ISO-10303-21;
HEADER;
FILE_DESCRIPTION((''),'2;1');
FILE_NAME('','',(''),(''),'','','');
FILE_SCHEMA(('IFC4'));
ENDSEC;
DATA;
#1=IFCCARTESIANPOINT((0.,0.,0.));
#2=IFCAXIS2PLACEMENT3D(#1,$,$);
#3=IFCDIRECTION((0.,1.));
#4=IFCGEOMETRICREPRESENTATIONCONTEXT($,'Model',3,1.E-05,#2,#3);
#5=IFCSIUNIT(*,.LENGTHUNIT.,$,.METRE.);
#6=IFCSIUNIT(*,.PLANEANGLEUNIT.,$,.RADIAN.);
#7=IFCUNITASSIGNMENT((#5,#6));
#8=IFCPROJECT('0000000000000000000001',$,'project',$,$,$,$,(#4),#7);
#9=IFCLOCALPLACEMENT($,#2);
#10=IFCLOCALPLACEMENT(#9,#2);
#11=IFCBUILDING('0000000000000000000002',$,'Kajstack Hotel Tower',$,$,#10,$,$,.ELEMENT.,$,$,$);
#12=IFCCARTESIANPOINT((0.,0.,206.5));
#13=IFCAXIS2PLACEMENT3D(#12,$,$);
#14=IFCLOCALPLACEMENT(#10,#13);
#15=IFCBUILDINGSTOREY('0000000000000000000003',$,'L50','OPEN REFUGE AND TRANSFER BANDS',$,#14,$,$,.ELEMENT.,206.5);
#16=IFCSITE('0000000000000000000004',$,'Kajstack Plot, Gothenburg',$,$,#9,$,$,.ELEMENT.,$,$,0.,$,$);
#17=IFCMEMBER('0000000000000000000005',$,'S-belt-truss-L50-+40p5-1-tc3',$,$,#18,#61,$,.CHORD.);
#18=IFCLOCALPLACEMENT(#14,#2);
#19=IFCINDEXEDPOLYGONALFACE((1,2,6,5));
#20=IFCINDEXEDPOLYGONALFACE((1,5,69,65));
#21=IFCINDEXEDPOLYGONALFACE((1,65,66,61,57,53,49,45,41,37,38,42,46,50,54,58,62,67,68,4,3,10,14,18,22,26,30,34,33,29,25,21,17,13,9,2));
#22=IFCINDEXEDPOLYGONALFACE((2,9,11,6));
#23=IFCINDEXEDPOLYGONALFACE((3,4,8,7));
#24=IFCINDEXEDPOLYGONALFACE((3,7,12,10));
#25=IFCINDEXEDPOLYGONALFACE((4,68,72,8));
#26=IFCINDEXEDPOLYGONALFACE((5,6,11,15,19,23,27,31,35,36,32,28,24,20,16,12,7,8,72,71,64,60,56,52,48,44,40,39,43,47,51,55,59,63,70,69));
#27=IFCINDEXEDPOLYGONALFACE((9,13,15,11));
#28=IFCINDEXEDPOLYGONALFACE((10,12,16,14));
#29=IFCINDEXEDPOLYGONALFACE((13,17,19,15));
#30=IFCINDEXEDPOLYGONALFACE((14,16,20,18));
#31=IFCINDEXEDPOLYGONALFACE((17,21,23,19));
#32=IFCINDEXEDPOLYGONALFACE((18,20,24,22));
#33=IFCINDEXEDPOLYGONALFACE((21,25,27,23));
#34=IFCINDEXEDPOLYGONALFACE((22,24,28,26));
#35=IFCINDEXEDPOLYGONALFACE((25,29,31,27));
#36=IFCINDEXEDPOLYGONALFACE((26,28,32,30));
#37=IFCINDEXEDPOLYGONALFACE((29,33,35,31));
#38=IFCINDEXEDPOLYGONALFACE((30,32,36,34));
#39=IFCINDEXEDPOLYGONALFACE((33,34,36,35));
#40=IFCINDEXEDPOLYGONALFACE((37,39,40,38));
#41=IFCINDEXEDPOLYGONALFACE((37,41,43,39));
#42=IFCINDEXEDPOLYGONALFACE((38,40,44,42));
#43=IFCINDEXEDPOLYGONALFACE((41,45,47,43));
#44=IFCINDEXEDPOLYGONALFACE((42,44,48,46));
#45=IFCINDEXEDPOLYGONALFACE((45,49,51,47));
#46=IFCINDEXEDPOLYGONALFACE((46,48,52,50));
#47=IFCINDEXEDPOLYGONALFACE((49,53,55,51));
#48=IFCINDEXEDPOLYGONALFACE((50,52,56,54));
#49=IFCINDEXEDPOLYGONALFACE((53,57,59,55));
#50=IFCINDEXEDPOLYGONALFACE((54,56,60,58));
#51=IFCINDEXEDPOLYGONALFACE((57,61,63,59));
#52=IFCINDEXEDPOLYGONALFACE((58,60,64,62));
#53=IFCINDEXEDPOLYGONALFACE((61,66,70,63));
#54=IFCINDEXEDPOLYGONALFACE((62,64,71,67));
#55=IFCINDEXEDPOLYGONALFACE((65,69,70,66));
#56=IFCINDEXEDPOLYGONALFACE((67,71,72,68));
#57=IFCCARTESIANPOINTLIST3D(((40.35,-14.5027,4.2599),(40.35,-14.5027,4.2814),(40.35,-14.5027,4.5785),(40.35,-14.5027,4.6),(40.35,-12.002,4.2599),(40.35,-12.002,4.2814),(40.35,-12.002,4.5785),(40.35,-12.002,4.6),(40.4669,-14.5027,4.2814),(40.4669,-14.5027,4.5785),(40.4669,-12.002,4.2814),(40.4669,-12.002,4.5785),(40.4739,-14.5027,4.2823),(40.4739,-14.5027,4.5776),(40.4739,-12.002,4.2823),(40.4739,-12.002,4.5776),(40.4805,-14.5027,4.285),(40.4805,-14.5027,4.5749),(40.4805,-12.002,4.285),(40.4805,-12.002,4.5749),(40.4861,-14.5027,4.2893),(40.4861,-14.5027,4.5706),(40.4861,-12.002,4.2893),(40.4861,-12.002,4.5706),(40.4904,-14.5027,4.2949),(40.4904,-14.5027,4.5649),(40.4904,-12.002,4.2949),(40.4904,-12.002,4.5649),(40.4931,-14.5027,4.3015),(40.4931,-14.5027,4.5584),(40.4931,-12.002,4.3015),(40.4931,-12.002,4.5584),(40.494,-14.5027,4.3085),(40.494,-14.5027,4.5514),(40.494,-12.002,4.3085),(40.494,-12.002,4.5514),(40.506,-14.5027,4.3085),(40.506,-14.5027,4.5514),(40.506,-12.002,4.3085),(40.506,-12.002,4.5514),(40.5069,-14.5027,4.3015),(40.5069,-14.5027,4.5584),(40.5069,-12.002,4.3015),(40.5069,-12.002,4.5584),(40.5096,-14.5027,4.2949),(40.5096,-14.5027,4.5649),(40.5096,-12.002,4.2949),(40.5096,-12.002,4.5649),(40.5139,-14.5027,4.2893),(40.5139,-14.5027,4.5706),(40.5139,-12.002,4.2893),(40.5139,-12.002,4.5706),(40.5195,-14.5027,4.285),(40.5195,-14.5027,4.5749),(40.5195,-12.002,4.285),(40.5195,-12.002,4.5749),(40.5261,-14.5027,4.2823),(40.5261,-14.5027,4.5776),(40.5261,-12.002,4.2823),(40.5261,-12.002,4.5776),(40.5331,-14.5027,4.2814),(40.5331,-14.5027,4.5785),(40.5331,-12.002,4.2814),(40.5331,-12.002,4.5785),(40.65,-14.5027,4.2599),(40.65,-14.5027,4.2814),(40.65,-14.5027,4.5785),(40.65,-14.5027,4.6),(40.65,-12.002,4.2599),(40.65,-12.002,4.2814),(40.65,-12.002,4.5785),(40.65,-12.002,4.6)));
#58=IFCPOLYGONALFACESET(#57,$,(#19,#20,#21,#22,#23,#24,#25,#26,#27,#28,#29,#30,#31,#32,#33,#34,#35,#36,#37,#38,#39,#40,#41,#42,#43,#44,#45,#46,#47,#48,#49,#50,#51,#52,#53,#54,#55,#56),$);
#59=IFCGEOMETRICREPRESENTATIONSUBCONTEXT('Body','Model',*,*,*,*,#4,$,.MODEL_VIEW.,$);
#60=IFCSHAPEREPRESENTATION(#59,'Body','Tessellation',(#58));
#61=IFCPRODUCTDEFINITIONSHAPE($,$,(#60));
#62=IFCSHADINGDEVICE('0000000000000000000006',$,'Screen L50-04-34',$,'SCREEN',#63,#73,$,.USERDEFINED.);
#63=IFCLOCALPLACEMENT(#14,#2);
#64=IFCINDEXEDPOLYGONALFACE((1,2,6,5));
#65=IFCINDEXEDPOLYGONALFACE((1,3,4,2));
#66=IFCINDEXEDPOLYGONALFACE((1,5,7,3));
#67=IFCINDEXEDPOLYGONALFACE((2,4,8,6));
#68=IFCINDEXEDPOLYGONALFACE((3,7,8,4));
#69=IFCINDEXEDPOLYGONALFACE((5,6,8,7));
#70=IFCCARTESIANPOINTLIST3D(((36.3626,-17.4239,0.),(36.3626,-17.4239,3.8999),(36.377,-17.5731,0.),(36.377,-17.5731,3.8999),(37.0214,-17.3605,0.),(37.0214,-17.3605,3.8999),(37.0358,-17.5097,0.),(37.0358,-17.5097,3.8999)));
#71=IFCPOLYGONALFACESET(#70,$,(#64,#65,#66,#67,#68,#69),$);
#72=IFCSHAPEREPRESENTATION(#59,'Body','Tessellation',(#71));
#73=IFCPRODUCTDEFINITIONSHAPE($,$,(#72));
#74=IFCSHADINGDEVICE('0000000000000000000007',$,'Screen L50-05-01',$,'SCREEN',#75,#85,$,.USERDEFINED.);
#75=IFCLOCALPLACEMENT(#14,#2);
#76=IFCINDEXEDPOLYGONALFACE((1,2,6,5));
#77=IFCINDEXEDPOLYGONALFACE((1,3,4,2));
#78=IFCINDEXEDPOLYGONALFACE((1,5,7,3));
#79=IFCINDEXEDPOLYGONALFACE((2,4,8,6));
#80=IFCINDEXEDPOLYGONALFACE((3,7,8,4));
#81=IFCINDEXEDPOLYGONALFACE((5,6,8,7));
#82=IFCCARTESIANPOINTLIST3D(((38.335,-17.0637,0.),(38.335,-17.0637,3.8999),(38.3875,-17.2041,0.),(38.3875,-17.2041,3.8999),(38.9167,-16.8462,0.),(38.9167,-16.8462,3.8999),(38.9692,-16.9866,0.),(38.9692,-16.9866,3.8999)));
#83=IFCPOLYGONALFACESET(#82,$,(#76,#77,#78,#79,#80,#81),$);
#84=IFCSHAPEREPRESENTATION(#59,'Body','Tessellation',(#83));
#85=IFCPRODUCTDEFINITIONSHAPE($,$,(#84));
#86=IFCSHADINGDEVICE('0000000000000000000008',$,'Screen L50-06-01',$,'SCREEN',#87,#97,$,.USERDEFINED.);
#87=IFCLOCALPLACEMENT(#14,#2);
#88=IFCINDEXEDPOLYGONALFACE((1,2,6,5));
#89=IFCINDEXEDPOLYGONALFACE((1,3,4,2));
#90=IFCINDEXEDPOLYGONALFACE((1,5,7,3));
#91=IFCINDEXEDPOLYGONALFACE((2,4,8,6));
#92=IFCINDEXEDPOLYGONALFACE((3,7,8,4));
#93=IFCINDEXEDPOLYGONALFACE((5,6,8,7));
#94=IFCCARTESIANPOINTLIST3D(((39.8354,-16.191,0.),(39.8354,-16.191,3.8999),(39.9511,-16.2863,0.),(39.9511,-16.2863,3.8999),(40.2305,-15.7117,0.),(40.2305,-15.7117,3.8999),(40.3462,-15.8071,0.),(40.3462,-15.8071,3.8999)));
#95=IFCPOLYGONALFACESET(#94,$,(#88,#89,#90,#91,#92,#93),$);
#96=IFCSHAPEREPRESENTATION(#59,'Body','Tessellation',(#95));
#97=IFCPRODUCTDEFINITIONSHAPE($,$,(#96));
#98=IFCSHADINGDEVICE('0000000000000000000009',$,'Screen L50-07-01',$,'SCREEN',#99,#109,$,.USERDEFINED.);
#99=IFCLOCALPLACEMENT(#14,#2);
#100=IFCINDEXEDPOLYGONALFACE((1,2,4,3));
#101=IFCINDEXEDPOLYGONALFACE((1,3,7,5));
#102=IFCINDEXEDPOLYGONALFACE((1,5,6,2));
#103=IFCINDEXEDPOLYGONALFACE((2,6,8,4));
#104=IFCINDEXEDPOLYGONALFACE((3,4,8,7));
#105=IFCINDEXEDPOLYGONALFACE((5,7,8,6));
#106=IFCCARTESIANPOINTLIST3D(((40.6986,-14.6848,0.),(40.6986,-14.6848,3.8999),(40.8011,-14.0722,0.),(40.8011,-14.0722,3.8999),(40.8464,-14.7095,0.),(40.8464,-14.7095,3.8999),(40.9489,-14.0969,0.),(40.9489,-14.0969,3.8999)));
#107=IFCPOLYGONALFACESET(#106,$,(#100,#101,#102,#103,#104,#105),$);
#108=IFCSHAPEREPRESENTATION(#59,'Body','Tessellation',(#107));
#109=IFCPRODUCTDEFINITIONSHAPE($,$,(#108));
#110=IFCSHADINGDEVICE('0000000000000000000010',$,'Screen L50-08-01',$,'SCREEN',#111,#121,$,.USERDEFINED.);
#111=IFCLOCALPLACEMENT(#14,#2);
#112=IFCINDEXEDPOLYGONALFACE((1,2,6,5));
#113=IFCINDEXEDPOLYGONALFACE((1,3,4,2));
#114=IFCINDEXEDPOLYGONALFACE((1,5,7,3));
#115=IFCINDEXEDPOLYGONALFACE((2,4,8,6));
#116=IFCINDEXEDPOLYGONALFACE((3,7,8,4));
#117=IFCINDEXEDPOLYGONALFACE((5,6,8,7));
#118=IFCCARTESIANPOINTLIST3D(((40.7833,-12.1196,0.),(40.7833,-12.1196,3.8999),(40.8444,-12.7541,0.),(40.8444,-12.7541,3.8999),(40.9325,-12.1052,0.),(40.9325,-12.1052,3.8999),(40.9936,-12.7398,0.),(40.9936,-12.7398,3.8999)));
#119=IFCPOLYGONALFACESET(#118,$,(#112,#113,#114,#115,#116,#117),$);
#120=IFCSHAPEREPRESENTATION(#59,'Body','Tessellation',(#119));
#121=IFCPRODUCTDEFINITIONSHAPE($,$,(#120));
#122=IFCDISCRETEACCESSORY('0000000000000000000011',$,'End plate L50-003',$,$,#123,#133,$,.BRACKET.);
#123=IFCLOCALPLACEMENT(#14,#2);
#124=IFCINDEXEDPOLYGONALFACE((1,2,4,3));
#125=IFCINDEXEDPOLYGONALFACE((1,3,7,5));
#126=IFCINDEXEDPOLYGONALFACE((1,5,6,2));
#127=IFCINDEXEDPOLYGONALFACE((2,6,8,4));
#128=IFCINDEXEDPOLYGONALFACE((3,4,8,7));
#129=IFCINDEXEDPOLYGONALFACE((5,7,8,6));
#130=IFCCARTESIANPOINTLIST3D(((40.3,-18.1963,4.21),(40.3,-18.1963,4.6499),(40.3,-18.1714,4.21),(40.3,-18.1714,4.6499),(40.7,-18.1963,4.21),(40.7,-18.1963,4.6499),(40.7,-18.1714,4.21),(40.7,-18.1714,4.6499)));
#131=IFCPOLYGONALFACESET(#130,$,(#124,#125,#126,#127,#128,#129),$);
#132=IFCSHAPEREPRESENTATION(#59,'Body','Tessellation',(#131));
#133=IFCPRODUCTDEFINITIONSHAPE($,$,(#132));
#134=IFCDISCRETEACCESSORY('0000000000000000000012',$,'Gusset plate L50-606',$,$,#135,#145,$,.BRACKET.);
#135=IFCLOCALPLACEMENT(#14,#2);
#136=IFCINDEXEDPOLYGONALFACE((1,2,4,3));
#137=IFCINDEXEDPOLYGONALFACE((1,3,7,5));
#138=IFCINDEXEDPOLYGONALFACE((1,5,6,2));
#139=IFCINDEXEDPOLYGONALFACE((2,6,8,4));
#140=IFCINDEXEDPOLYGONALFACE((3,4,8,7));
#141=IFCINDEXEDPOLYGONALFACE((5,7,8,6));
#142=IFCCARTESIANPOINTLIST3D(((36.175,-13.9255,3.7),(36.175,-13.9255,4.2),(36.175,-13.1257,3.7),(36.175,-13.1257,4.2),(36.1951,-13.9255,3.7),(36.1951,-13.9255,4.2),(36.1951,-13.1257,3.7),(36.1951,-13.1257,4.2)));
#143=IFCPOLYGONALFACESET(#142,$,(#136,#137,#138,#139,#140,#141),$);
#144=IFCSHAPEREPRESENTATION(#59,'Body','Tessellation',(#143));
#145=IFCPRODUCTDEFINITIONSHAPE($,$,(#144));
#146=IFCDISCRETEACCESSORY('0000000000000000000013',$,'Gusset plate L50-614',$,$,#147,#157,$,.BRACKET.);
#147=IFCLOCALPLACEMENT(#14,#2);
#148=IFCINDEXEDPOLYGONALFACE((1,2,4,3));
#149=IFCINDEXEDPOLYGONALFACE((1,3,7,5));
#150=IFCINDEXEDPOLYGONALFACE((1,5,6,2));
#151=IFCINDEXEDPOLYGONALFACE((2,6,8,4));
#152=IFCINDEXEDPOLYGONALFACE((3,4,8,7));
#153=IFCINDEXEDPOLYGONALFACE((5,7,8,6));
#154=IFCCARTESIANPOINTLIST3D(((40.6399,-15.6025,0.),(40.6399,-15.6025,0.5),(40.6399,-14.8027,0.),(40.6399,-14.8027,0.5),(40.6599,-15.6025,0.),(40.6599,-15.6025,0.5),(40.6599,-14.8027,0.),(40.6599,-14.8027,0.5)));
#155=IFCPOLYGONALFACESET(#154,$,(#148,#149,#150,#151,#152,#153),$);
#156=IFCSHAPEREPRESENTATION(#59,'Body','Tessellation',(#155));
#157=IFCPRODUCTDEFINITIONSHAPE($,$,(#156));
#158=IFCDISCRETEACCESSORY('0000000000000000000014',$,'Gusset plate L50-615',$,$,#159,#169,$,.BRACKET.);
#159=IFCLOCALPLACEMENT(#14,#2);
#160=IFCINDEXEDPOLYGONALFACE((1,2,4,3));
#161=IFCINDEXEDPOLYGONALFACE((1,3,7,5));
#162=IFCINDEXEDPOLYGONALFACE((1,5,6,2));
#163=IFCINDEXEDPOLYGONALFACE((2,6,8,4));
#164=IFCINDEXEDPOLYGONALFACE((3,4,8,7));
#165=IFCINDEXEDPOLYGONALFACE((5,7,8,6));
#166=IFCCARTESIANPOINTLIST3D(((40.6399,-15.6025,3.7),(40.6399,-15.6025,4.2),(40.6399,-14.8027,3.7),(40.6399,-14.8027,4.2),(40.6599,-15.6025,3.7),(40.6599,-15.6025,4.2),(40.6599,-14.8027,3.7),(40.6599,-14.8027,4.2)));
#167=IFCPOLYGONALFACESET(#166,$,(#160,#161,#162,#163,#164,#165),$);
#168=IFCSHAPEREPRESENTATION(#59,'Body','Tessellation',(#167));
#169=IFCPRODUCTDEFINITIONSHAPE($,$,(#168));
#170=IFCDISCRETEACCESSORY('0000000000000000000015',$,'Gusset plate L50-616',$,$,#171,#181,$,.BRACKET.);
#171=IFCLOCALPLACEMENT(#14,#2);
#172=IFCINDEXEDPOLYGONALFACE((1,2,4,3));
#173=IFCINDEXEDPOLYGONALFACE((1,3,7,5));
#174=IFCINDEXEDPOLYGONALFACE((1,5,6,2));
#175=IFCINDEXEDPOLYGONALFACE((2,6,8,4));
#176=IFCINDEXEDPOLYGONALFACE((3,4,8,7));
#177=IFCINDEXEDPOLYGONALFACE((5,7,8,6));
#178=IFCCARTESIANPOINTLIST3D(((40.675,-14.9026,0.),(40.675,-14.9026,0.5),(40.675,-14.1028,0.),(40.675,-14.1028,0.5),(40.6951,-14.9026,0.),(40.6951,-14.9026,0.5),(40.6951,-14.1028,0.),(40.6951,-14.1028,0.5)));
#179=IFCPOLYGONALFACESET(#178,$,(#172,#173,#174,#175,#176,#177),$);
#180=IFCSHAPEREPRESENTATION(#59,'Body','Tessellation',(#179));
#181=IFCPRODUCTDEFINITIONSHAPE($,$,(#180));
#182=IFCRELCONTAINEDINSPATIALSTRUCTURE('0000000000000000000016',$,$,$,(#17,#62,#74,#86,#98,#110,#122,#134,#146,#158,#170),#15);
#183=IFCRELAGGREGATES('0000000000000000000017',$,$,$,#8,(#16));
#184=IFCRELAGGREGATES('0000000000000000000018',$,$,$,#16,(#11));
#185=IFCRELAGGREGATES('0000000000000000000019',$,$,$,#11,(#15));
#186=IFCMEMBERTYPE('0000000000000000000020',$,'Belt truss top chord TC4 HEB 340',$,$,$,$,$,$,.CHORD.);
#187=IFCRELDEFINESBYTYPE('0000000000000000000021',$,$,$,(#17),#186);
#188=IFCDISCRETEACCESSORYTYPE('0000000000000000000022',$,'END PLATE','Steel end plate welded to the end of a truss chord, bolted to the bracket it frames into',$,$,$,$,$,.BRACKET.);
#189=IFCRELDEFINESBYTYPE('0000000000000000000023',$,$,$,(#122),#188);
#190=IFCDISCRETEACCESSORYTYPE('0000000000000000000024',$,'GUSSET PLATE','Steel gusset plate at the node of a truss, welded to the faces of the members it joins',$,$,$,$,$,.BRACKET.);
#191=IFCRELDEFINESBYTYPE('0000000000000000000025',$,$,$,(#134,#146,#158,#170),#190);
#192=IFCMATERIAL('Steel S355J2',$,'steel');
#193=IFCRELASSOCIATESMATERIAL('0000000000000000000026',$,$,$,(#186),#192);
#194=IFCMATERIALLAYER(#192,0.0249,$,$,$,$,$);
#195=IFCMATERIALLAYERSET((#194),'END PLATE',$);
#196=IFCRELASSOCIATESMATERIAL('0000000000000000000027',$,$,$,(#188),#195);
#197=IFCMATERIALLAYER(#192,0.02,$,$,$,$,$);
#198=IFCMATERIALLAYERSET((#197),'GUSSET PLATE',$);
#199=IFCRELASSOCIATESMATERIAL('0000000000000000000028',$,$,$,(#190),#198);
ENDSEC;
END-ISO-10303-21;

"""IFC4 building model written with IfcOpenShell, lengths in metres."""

from ifc_helpers import new_model, si_unit, direction, frame, origin, origin_2d, place, context, subcontext, project, spatial, polyline, rectangle, i_section, outline, extrude, material, layer, layer_set, material_profile, profile_set, type_object, element, save


model = new_model("IFC4")

# Units and contexts
model_context = context("Model", 3, precision=1e-05, world=origin(), true_north=direction((0.0, 1.0)))
body_context = subcontext(model_context, "Body", "Model", "MODEL_VIEW")
ifc_project = project(units=[si_unit("LENGTHUNIT", "METRE"), si_unit("PLANEANGLEUNIT", "RADIAN")], contexts=[model_context])

# Site, building, storey
site_placement = place(None, origin())
site = spatial("IfcSite", under=ifc_project, at=site_placement, Name="Kajstack Plot, Gothenburg", CompositionType="ELEMENT", RefElevation=0.0)
building_placement = place(site_placement, origin())
building = spatial("IfcBuilding", under=site, at=building_placement, Name="Kajstack Hotel Tower", CompositionType="ELEMENT")
storey_placement = place(building_placement, frame((0.0, 0.0, 206.5)))
storey = spatial("IfcBuildingStorey", under=building, at=storey_placement, Name="L50", Description="OPEN REFUGE AND TRANSFER BANDS", CompositionType="ELEMENT", Elevation=206.5)

# Member
ifc_material = material(Name="Steel S355J2", Category="steel")
ifc_material_profile_1 = material_profile(ifc_material, i_section(OverallWidth=0.3, OverallDepth=0.3401, WebThickness=0.012, FlangeThickness=0.0215, FilletRadius=0.0271, at=origin_2d()), Name="HEB 340")
ifc_profile_set_1 = profile_set([ifc_material_profile_1], Name="Steel S355J2")
member_type_1 = type_object("IfcMemberType", Name="Belt truss top chord TC4 HEB 340", PredefinedType="CHORD", material=ifc_profile_set_1)
member_1_placement = place(storey_placement, frame((40.5, -14.5027, 4.4299), z_axis=(0.0, 1.0, 0.0), x_axis=(-1.0, 0.0, 0.0)))
element("IfcMember", 1, at=member_1_placement, inside=storey, type_object=member_type_1, Name="S-belt-truss-L50-+40p5-1-tc3", PredefinedType="CHORD", context=body_context, shape_type="SweptSolid", body=[
    extrude(i_section(OverallWidth=0.3, OverallDepth=0.3401, WebThickness=0.012, FlangeThickness=0.0215, FilletRadius=0.0271, at=origin_2d()), origin(), (0.0, 0.0, 1.0), 2.5007),
])

# Shading devices
shading_device_1_placement = place(storey_placement, frame((36.6992, -17.4668, 0.0), z_axis=(0.0, 0.0, 1.0), x_axis=(0.995396, 0.095845, 0.0)))
element("IfcShadingDevice", 2, at=shading_device_1_placement, inside=storey, Name="Screen L50-04-34", ObjectType="SCREEN", PredefinedType="USERDEFINED", context=body_context, shape_type="SweptSolid", body=[
    extrude(rectangle(XDim=0.6619, YDim=0.1499, at=origin_2d()), origin(), (0.0, 0.0, 1.0), 3.8999),
])
for number, where, z_axis, x_axis, name in (
    (3, (38.6521, -17.0251, 0.0), (0.0, 0.0, 1.0), (0.936674, 0.350202, 0.0), "Screen L50-05-01"),
    (4, (40.0908, -15.999, 0.0), (0.0, 0.0, 1.0), (0.636095, 0.771611, 0.0), "Screen L50-06-01"),
    (5, (40.8237, -14.3909, 0.0), (0.0, 0.0, 1.0), (0.165025, 0.986289, 0.0), "Screen L50-07-01"),
):
    element("IfcShadingDevice", number, at=place(storey_placement, frame(where, z_axis=z_axis, x_axis=x_axis)), inside=storey, Name=name, ObjectType="SCREEN", PredefinedType="USERDEFINED", context=body_context, shape_type="SweptSolid", body=[
        extrude(rectangle(XDim=0.6211, YDim=0.1499, at=origin_2d()), origin(), (0.0, 0.0, 1.0), 3.8999),
    ])
shading_device_2_placement = place(storey_placement, frame((40.8884, -12.4297, 0.0), z_axis=(0.0, 0.0, 1.0), x_axis=(-0.095844, 0.995396, 0.0)))
element("IfcShadingDevice", 6, at=shading_device_2_placement, inside=storey, Name="Screen L50-08-01", ObjectType="SCREEN", PredefinedType="USERDEFINED", context=body_context, shape_type="SweptSolid", body=[
    extrude(rectangle(XDim=0.6375, YDim=0.1499, at=origin_2d()), origin(), (0.0, 0.0, 1.0), 3.8999),
])

# Discrete accessories
ifc_layer_1 = layer(ifc_material, 0.0249)
ifc_layer_set_1 = layer_set([ifc_layer_1], Name="END PLATE")
discrete_accessory_type_1 = type_object("IfcDiscreteAccessoryType", Name="END PLATE", Description="Steel end plate welded to the end of a truss chord, bolted to the bracket it frames into", PredefinedType="BRACKET", material=ifc_layer_set_1)
discrete_accessory_1_placement = place(storey_placement, frame((40.5, -18.1963, 4.4299), z_axis=(0.0, 1.0, 0.0), x_axis=(-1.0, 0.0, 0.0)))
element("IfcDiscreteAccessory", 7, at=discrete_accessory_1_placement, inside=storey, type_object=discrete_accessory_type_1, Name="End plate L50-003", PredefinedType="BRACKET", context=body_context, shape_type="SweptSolid", body=[
    extrude(outline(polyline([(-0.2, -0.22), (0.2, -0.22), (0.2, 0.22), (-0.2, 0.22), (-0.2, -0.22)])), origin(), (0.0, 0.0, 1.0), 0.0249),
])
ifc_layer_2 = layer(ifc_material, 0.02)
ifc_layer_set_2 = layer_set([ifc_layer_2], Name="GUSSET PLATE")
discrete_accessory_type_2 = type_object("IfcDiscreteAccessoryType", Name="GUSSET PLATE", Description="Steel gusset plate at the node of a truss, welded to the faces of the members it joins", PredefinedType="BRACKET", material=ifc_layer_set_2)
for number, where, z_axis, x_axis, name in (
    (8, (36.175, -13.5256, 3.7), (1.0, 0.0, 0.0), (0.0, 1.0, 0.0), "Gusset plate L50-606"),
    (9, (40.6399, -15.2026, 0.0), (1.0, 0.0, 0.0), (0.0, 1.0, 0.0), "Gusset plate L50-614"),
    (10, (40.6399, -15.2026, 3.7), (1.0, 0.0, 0.0), (0.0, 1.0, 0.0), "Gusset plate L50-615"),
    (11, (40.675, -14.5027, 0.0), (1.0, 0.0, 0.0), (0.0, 1.0, 0.0), "Gusset plate L50-616"),
):
    element("IfcDiscreteAccessory", number, at=place(storey_placement, frame(where, z_axis=z_axis, x_axis=x_axis)), inside=storey, type_object=discrete_accessory_type_2, Name=name, PredefinedType="BRACKET", context=body_context, shape_type="SweptSolid", body=[
        extrude(outline(polyline([(-0.3999, 0.0), (0.3999, 0.0), (0.3999, 0.5), (-0.3999, 0.5), (-0.3999, 0.0)])), origin(), (0.0, 0.0, 1.0), 0.02),
    ])

save(model, "model.ifc")
